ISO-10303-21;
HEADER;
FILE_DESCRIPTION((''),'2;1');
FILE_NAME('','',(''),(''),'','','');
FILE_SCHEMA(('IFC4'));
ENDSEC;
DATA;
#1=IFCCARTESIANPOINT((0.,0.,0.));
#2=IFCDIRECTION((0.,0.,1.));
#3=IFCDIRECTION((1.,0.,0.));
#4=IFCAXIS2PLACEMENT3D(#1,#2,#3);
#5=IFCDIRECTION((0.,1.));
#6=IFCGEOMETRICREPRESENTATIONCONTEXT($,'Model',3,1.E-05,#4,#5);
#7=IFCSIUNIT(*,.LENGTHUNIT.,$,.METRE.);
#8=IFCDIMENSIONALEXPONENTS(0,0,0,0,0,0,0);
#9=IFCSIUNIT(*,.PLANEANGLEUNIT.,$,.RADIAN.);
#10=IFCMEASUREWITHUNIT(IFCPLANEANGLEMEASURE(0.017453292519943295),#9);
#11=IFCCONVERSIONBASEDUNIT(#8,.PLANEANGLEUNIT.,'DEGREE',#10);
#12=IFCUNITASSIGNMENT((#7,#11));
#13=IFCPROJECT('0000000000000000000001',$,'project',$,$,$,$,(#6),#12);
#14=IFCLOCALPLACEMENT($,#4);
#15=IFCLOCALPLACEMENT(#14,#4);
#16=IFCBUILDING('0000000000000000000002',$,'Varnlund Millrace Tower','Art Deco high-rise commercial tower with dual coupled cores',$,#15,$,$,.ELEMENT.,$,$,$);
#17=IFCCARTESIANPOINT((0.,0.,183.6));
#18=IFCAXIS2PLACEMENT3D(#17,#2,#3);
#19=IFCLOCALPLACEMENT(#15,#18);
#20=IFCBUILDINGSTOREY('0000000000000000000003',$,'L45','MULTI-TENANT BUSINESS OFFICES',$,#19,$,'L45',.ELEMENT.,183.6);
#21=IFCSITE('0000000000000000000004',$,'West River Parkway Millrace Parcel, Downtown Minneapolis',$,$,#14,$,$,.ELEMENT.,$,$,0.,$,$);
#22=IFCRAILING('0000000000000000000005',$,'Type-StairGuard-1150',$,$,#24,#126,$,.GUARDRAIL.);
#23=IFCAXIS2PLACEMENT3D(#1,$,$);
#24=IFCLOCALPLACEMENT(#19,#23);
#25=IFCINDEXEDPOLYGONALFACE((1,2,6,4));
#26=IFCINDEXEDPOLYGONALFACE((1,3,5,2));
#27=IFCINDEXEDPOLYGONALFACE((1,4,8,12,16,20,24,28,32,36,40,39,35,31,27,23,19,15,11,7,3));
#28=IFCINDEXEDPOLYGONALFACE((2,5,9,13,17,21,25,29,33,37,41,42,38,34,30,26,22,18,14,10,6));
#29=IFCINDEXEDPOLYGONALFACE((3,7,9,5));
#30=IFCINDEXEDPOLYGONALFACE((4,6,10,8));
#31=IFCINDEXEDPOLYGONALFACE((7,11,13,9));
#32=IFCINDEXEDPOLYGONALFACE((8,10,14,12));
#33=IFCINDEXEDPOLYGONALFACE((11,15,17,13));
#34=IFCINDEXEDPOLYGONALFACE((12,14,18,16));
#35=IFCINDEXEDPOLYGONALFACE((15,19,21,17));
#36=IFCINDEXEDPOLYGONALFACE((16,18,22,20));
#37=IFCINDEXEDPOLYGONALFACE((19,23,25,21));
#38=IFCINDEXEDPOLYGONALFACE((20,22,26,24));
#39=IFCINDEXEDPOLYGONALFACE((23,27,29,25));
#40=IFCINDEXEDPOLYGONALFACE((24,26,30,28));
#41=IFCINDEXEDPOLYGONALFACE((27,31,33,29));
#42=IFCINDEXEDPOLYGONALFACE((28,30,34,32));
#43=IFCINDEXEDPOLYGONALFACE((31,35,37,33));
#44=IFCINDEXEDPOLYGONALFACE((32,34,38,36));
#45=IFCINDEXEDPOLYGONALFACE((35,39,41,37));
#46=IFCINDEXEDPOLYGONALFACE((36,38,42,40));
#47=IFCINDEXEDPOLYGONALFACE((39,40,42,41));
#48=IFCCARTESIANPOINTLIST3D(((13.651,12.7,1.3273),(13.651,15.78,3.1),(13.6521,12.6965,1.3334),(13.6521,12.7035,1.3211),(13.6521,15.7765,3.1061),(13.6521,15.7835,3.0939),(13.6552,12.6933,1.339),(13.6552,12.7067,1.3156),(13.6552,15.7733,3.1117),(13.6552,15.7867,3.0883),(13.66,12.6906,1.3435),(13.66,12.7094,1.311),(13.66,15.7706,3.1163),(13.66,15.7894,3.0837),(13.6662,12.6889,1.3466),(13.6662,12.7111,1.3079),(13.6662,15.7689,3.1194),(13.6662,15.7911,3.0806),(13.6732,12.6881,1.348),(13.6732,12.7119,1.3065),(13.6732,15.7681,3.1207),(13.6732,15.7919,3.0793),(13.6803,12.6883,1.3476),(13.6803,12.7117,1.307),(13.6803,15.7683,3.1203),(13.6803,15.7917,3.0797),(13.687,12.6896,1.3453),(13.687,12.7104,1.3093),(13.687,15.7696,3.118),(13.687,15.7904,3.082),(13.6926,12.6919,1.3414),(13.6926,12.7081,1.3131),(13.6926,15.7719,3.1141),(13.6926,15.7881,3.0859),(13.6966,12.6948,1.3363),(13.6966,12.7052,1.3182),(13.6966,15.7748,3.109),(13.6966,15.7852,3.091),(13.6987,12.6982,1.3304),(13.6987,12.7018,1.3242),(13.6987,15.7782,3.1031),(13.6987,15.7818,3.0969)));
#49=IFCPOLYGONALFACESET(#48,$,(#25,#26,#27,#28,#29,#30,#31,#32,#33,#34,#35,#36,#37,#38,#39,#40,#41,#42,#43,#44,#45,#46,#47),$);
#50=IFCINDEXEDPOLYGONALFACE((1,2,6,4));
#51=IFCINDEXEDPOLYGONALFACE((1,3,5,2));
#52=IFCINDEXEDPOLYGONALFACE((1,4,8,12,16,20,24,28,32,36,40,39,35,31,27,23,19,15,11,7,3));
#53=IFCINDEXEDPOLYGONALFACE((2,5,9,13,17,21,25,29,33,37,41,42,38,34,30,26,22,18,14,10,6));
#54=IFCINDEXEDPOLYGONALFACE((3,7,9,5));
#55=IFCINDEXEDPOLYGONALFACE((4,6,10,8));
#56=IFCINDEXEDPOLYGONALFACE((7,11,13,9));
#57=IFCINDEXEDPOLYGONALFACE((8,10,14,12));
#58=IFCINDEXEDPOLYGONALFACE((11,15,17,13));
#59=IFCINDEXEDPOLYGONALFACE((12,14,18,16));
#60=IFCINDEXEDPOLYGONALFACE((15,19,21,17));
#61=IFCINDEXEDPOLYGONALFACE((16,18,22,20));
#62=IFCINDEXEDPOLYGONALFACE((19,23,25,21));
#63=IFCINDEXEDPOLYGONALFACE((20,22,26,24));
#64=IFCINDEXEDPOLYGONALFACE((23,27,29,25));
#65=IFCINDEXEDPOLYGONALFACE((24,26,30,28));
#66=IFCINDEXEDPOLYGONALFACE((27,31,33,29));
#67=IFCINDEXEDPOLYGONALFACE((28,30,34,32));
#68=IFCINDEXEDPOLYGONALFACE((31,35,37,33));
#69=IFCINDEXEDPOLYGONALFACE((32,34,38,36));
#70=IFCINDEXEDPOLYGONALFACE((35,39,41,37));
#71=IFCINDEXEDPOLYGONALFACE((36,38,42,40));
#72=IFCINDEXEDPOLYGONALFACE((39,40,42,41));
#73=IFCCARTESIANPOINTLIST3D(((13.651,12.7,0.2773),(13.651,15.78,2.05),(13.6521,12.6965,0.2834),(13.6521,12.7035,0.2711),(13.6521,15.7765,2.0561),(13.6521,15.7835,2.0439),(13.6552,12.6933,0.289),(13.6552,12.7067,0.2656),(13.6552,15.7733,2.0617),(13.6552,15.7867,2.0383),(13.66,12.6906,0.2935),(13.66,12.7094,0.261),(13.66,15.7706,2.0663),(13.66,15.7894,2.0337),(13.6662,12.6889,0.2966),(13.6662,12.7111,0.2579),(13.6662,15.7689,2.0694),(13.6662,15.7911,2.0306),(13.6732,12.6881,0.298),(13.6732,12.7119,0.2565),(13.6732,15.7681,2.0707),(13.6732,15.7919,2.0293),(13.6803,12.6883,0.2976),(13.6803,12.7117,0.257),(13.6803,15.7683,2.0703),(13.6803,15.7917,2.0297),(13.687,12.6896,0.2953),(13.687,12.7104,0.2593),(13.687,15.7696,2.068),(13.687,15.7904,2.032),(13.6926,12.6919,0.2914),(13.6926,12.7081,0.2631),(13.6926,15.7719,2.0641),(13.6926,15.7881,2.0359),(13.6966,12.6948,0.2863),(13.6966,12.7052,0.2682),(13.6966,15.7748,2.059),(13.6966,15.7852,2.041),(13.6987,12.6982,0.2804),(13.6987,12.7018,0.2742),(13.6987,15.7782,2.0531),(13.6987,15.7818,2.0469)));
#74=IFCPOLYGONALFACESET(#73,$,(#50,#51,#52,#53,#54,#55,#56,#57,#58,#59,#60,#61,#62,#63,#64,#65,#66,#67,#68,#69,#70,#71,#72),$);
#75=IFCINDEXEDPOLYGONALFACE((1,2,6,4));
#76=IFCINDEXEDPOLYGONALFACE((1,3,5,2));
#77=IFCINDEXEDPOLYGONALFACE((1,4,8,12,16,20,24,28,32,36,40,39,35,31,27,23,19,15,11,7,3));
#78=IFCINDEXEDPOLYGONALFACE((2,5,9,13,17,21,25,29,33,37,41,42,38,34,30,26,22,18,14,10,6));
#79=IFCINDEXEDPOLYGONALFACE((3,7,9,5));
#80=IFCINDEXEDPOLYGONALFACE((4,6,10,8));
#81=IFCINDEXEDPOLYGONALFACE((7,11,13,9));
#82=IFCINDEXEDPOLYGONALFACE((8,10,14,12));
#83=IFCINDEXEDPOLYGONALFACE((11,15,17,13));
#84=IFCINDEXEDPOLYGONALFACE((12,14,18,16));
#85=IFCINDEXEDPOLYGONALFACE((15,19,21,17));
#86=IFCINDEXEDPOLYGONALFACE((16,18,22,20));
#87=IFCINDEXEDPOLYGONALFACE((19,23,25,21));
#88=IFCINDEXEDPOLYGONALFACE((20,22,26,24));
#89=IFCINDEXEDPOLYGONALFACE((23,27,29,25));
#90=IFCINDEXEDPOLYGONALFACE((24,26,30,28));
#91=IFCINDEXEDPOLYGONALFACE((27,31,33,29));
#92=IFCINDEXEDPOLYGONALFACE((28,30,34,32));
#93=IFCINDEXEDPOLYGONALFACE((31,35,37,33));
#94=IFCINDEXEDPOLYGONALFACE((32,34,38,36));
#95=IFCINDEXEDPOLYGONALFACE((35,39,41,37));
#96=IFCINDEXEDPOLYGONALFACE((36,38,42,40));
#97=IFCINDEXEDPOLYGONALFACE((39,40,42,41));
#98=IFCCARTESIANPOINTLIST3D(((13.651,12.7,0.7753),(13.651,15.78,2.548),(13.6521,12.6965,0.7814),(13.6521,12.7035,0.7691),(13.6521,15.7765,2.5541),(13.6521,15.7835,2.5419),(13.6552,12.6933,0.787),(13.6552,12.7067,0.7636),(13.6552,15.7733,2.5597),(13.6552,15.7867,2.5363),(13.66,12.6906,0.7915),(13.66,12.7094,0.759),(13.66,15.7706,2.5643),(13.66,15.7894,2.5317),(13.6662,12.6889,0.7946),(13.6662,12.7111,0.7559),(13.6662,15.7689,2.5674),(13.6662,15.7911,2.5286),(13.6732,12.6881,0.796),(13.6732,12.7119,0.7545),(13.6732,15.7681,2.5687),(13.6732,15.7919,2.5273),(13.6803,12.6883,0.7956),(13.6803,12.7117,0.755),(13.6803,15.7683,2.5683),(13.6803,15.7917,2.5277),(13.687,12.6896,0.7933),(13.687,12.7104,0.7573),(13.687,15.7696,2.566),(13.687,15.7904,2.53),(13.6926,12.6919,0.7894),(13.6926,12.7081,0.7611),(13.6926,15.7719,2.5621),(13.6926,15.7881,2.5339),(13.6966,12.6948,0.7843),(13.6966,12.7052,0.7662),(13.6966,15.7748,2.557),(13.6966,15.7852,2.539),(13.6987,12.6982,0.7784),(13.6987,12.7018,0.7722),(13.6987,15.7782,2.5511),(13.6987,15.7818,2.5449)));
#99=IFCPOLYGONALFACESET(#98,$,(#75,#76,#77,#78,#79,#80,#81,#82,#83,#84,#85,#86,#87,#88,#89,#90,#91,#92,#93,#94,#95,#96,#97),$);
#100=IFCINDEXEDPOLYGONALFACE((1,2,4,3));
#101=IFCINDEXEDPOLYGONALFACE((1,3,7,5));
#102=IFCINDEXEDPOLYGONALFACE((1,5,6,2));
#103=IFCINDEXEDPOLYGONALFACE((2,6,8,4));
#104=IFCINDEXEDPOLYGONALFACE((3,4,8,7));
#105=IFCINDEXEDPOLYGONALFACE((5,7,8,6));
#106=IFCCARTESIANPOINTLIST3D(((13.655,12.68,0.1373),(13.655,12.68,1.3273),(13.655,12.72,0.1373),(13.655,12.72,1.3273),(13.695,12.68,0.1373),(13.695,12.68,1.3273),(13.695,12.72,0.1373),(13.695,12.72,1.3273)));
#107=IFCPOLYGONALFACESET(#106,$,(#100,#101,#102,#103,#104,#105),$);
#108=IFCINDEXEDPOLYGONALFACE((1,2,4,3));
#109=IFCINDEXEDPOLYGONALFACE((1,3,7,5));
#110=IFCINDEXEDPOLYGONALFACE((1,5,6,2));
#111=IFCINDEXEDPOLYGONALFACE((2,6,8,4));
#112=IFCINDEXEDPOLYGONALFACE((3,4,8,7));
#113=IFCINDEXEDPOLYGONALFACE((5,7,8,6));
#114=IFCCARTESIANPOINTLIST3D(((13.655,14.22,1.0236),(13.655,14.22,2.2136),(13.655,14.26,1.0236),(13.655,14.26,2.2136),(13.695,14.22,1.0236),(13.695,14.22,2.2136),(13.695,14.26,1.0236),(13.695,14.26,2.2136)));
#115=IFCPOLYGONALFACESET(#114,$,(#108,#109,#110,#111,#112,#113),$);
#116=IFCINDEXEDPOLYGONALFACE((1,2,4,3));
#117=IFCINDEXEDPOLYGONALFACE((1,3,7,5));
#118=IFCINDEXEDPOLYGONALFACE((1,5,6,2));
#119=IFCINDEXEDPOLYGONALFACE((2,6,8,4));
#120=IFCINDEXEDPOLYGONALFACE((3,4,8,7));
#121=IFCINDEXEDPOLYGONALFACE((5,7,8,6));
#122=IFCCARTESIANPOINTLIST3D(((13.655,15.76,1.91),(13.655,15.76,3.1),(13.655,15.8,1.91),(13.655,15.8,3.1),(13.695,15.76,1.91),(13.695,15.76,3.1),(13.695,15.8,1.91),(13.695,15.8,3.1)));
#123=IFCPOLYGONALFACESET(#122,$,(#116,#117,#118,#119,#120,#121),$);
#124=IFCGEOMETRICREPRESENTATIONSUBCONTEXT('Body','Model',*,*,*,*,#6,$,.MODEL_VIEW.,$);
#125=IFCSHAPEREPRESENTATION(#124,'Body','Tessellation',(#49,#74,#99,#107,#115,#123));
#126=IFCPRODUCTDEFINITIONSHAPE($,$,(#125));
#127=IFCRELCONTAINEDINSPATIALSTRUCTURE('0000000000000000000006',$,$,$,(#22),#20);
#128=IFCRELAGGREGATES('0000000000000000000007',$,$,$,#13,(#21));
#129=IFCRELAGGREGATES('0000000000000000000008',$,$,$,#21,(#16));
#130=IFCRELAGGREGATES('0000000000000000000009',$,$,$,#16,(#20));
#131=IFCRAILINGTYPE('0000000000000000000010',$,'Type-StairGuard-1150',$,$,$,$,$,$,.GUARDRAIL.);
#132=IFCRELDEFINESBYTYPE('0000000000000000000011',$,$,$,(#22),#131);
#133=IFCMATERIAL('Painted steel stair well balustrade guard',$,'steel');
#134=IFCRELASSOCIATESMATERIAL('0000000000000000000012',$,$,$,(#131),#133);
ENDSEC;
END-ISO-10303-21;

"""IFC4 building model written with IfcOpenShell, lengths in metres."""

from ifc_helpers import new_model, entity, si_unit, converted_unit, direction, frame, origin_with_axes, origin_2d_with_axis, place, context, subcontext, project, spatial, rectangle, circle, extrude, material, type_object, element, save


model = new_model("IFC4")

# Units and contexts
model_context = context("Model", 3, precision=1e-05, world=origin_with_axes(), true_north=direction((0.0, 1.0)))
body_context = subcontext(model_context, "Body", "Model", "MODEL_VIEW")
ifc_project = project(units=[si_unit("LENGTHUNIT", "METRE"), converted_unit("PLANEANGLEUNIT", "DEGREE", entity("IfcPlaneAngleMeasure", 0.017453292519943295), si_unit("PLANEANGLEUNIT", "RADIAN"), dimensions=[0, 0, 0, 0, 0, 0, 0])], contexts=[model_context])

# Site, building, storey
site_placement = place(None, origin_with_axes())
site = spatial("IfcSite", under=ifc_project, at=site_placement, Name="West River Parkway Millrace Parcel, Downtown Minneapolis", CompositionType="ELEMENT", RefElevation=0.0)
building_placement = place(site_placement, origin_with_axes())
building = spatial("IfcBuilding", under=site, at=building_placement, Name="Varnlund Millrace Tower", Description="Art Deco high-rise commercial tower with dual coupled cores", CompositionType="ELEMENT")
storey_placement = place(building_placement, frame((0.0, 0.0, 183.6), z_axis=(0.0, 0.0, 1.0), x_axis=(1.0, 0.0, 0.0)))
storey = spatial("IfcBuildingStorey", under=building, at=storey_placement, Name="L45", Description="MULTI-TENANT BUSINESS OFFICES", LongName="L45", CompositionType="ELEMENT", Elevation=183.6)

# Railing
ifc_material_1 = material(Name="Painted steel stair well balustrade guard", Category="steel")
railing_type_1 = type_object("IfcRailingType", Name="Type-StairGuard-1150", PredefinedType="GUARDRAIL", material=ifc_material_1)
railing_1_placement = place(storey_placement, frame((0.0, 0.0, -183.6), z_axis=(0.0, 0.0, 1.0), x_axis=(1.0, 0.0, 0.0)))
element("IfcRailing", 1, at=railing_1_placement, inside=storey, type_object=railing_type_1, Name="Type-StairGuard-1150", PredefinedType="GUARDRAIL", context=body_context, shape_type="SweptSolid", body=[
    extrude(circle(Radius=0.024, at=origin_2d_with_axis()), frame((13.675, 12.7, 184.9273), z_axis=(0.0, 0.866696, 0.498836), x_axis=(-1.0, 0.0, 0.0)), (0.0, 0.0, 1.0), 3.5537),
    extrude(circle(Radius=0.024, at=origin_2d_with_axis()), frame((13.675, 12.7, 183.8773), z_axis=(0.0, 0.866696, 0.498836), x_axis=(-1.0, 0.0, 0.0)), (0.0, 0.0, 1.0), 3.5537),
    extrude(circle(Radius=0.024, at=origin_2d_with_axis()), frame((13.675, 12.7, 184.3753), z_axis=(0.0, 0.866696, 0.498836), x_axis=(-1.0, 0.0, 0.0)), (0.0, 0.0, 1.0), 3.5537),
    extrude(rectangle(XDim=0.04, YDim=0.04, at=origin_2d_with_axis()), frame((13.675, 12.7, 183.7373), z_axis=(0.0, 0.0, 1.0), x_axis=(1.0, 0.0, 0.0)), (0.0, 0.0, 1.0), 1.19),
    extrude(rectangle(XDim=0.04, YDim=0.04, at=origin_2d_with_axis()), frame((13.675, 14.24, 184.6236), z_axis=(0.0, 0.0, 1.0), x_axis=(1.0, 0.0, 0.0)), (0.0, 0.0, 1.0), 1.19),
    extrude(rectangle(XDim=0.04, YDim=0.04, at=origin_2d_with_axis()), frame((13.675, 15.78, 185.51), z_axis=(0.0, 0.0, 1.0), x_axis=(1.0, 0.0, 0.0)), (0.0, 0.0, 1.0), 1.19),
])

save(model, "model.ifc")
